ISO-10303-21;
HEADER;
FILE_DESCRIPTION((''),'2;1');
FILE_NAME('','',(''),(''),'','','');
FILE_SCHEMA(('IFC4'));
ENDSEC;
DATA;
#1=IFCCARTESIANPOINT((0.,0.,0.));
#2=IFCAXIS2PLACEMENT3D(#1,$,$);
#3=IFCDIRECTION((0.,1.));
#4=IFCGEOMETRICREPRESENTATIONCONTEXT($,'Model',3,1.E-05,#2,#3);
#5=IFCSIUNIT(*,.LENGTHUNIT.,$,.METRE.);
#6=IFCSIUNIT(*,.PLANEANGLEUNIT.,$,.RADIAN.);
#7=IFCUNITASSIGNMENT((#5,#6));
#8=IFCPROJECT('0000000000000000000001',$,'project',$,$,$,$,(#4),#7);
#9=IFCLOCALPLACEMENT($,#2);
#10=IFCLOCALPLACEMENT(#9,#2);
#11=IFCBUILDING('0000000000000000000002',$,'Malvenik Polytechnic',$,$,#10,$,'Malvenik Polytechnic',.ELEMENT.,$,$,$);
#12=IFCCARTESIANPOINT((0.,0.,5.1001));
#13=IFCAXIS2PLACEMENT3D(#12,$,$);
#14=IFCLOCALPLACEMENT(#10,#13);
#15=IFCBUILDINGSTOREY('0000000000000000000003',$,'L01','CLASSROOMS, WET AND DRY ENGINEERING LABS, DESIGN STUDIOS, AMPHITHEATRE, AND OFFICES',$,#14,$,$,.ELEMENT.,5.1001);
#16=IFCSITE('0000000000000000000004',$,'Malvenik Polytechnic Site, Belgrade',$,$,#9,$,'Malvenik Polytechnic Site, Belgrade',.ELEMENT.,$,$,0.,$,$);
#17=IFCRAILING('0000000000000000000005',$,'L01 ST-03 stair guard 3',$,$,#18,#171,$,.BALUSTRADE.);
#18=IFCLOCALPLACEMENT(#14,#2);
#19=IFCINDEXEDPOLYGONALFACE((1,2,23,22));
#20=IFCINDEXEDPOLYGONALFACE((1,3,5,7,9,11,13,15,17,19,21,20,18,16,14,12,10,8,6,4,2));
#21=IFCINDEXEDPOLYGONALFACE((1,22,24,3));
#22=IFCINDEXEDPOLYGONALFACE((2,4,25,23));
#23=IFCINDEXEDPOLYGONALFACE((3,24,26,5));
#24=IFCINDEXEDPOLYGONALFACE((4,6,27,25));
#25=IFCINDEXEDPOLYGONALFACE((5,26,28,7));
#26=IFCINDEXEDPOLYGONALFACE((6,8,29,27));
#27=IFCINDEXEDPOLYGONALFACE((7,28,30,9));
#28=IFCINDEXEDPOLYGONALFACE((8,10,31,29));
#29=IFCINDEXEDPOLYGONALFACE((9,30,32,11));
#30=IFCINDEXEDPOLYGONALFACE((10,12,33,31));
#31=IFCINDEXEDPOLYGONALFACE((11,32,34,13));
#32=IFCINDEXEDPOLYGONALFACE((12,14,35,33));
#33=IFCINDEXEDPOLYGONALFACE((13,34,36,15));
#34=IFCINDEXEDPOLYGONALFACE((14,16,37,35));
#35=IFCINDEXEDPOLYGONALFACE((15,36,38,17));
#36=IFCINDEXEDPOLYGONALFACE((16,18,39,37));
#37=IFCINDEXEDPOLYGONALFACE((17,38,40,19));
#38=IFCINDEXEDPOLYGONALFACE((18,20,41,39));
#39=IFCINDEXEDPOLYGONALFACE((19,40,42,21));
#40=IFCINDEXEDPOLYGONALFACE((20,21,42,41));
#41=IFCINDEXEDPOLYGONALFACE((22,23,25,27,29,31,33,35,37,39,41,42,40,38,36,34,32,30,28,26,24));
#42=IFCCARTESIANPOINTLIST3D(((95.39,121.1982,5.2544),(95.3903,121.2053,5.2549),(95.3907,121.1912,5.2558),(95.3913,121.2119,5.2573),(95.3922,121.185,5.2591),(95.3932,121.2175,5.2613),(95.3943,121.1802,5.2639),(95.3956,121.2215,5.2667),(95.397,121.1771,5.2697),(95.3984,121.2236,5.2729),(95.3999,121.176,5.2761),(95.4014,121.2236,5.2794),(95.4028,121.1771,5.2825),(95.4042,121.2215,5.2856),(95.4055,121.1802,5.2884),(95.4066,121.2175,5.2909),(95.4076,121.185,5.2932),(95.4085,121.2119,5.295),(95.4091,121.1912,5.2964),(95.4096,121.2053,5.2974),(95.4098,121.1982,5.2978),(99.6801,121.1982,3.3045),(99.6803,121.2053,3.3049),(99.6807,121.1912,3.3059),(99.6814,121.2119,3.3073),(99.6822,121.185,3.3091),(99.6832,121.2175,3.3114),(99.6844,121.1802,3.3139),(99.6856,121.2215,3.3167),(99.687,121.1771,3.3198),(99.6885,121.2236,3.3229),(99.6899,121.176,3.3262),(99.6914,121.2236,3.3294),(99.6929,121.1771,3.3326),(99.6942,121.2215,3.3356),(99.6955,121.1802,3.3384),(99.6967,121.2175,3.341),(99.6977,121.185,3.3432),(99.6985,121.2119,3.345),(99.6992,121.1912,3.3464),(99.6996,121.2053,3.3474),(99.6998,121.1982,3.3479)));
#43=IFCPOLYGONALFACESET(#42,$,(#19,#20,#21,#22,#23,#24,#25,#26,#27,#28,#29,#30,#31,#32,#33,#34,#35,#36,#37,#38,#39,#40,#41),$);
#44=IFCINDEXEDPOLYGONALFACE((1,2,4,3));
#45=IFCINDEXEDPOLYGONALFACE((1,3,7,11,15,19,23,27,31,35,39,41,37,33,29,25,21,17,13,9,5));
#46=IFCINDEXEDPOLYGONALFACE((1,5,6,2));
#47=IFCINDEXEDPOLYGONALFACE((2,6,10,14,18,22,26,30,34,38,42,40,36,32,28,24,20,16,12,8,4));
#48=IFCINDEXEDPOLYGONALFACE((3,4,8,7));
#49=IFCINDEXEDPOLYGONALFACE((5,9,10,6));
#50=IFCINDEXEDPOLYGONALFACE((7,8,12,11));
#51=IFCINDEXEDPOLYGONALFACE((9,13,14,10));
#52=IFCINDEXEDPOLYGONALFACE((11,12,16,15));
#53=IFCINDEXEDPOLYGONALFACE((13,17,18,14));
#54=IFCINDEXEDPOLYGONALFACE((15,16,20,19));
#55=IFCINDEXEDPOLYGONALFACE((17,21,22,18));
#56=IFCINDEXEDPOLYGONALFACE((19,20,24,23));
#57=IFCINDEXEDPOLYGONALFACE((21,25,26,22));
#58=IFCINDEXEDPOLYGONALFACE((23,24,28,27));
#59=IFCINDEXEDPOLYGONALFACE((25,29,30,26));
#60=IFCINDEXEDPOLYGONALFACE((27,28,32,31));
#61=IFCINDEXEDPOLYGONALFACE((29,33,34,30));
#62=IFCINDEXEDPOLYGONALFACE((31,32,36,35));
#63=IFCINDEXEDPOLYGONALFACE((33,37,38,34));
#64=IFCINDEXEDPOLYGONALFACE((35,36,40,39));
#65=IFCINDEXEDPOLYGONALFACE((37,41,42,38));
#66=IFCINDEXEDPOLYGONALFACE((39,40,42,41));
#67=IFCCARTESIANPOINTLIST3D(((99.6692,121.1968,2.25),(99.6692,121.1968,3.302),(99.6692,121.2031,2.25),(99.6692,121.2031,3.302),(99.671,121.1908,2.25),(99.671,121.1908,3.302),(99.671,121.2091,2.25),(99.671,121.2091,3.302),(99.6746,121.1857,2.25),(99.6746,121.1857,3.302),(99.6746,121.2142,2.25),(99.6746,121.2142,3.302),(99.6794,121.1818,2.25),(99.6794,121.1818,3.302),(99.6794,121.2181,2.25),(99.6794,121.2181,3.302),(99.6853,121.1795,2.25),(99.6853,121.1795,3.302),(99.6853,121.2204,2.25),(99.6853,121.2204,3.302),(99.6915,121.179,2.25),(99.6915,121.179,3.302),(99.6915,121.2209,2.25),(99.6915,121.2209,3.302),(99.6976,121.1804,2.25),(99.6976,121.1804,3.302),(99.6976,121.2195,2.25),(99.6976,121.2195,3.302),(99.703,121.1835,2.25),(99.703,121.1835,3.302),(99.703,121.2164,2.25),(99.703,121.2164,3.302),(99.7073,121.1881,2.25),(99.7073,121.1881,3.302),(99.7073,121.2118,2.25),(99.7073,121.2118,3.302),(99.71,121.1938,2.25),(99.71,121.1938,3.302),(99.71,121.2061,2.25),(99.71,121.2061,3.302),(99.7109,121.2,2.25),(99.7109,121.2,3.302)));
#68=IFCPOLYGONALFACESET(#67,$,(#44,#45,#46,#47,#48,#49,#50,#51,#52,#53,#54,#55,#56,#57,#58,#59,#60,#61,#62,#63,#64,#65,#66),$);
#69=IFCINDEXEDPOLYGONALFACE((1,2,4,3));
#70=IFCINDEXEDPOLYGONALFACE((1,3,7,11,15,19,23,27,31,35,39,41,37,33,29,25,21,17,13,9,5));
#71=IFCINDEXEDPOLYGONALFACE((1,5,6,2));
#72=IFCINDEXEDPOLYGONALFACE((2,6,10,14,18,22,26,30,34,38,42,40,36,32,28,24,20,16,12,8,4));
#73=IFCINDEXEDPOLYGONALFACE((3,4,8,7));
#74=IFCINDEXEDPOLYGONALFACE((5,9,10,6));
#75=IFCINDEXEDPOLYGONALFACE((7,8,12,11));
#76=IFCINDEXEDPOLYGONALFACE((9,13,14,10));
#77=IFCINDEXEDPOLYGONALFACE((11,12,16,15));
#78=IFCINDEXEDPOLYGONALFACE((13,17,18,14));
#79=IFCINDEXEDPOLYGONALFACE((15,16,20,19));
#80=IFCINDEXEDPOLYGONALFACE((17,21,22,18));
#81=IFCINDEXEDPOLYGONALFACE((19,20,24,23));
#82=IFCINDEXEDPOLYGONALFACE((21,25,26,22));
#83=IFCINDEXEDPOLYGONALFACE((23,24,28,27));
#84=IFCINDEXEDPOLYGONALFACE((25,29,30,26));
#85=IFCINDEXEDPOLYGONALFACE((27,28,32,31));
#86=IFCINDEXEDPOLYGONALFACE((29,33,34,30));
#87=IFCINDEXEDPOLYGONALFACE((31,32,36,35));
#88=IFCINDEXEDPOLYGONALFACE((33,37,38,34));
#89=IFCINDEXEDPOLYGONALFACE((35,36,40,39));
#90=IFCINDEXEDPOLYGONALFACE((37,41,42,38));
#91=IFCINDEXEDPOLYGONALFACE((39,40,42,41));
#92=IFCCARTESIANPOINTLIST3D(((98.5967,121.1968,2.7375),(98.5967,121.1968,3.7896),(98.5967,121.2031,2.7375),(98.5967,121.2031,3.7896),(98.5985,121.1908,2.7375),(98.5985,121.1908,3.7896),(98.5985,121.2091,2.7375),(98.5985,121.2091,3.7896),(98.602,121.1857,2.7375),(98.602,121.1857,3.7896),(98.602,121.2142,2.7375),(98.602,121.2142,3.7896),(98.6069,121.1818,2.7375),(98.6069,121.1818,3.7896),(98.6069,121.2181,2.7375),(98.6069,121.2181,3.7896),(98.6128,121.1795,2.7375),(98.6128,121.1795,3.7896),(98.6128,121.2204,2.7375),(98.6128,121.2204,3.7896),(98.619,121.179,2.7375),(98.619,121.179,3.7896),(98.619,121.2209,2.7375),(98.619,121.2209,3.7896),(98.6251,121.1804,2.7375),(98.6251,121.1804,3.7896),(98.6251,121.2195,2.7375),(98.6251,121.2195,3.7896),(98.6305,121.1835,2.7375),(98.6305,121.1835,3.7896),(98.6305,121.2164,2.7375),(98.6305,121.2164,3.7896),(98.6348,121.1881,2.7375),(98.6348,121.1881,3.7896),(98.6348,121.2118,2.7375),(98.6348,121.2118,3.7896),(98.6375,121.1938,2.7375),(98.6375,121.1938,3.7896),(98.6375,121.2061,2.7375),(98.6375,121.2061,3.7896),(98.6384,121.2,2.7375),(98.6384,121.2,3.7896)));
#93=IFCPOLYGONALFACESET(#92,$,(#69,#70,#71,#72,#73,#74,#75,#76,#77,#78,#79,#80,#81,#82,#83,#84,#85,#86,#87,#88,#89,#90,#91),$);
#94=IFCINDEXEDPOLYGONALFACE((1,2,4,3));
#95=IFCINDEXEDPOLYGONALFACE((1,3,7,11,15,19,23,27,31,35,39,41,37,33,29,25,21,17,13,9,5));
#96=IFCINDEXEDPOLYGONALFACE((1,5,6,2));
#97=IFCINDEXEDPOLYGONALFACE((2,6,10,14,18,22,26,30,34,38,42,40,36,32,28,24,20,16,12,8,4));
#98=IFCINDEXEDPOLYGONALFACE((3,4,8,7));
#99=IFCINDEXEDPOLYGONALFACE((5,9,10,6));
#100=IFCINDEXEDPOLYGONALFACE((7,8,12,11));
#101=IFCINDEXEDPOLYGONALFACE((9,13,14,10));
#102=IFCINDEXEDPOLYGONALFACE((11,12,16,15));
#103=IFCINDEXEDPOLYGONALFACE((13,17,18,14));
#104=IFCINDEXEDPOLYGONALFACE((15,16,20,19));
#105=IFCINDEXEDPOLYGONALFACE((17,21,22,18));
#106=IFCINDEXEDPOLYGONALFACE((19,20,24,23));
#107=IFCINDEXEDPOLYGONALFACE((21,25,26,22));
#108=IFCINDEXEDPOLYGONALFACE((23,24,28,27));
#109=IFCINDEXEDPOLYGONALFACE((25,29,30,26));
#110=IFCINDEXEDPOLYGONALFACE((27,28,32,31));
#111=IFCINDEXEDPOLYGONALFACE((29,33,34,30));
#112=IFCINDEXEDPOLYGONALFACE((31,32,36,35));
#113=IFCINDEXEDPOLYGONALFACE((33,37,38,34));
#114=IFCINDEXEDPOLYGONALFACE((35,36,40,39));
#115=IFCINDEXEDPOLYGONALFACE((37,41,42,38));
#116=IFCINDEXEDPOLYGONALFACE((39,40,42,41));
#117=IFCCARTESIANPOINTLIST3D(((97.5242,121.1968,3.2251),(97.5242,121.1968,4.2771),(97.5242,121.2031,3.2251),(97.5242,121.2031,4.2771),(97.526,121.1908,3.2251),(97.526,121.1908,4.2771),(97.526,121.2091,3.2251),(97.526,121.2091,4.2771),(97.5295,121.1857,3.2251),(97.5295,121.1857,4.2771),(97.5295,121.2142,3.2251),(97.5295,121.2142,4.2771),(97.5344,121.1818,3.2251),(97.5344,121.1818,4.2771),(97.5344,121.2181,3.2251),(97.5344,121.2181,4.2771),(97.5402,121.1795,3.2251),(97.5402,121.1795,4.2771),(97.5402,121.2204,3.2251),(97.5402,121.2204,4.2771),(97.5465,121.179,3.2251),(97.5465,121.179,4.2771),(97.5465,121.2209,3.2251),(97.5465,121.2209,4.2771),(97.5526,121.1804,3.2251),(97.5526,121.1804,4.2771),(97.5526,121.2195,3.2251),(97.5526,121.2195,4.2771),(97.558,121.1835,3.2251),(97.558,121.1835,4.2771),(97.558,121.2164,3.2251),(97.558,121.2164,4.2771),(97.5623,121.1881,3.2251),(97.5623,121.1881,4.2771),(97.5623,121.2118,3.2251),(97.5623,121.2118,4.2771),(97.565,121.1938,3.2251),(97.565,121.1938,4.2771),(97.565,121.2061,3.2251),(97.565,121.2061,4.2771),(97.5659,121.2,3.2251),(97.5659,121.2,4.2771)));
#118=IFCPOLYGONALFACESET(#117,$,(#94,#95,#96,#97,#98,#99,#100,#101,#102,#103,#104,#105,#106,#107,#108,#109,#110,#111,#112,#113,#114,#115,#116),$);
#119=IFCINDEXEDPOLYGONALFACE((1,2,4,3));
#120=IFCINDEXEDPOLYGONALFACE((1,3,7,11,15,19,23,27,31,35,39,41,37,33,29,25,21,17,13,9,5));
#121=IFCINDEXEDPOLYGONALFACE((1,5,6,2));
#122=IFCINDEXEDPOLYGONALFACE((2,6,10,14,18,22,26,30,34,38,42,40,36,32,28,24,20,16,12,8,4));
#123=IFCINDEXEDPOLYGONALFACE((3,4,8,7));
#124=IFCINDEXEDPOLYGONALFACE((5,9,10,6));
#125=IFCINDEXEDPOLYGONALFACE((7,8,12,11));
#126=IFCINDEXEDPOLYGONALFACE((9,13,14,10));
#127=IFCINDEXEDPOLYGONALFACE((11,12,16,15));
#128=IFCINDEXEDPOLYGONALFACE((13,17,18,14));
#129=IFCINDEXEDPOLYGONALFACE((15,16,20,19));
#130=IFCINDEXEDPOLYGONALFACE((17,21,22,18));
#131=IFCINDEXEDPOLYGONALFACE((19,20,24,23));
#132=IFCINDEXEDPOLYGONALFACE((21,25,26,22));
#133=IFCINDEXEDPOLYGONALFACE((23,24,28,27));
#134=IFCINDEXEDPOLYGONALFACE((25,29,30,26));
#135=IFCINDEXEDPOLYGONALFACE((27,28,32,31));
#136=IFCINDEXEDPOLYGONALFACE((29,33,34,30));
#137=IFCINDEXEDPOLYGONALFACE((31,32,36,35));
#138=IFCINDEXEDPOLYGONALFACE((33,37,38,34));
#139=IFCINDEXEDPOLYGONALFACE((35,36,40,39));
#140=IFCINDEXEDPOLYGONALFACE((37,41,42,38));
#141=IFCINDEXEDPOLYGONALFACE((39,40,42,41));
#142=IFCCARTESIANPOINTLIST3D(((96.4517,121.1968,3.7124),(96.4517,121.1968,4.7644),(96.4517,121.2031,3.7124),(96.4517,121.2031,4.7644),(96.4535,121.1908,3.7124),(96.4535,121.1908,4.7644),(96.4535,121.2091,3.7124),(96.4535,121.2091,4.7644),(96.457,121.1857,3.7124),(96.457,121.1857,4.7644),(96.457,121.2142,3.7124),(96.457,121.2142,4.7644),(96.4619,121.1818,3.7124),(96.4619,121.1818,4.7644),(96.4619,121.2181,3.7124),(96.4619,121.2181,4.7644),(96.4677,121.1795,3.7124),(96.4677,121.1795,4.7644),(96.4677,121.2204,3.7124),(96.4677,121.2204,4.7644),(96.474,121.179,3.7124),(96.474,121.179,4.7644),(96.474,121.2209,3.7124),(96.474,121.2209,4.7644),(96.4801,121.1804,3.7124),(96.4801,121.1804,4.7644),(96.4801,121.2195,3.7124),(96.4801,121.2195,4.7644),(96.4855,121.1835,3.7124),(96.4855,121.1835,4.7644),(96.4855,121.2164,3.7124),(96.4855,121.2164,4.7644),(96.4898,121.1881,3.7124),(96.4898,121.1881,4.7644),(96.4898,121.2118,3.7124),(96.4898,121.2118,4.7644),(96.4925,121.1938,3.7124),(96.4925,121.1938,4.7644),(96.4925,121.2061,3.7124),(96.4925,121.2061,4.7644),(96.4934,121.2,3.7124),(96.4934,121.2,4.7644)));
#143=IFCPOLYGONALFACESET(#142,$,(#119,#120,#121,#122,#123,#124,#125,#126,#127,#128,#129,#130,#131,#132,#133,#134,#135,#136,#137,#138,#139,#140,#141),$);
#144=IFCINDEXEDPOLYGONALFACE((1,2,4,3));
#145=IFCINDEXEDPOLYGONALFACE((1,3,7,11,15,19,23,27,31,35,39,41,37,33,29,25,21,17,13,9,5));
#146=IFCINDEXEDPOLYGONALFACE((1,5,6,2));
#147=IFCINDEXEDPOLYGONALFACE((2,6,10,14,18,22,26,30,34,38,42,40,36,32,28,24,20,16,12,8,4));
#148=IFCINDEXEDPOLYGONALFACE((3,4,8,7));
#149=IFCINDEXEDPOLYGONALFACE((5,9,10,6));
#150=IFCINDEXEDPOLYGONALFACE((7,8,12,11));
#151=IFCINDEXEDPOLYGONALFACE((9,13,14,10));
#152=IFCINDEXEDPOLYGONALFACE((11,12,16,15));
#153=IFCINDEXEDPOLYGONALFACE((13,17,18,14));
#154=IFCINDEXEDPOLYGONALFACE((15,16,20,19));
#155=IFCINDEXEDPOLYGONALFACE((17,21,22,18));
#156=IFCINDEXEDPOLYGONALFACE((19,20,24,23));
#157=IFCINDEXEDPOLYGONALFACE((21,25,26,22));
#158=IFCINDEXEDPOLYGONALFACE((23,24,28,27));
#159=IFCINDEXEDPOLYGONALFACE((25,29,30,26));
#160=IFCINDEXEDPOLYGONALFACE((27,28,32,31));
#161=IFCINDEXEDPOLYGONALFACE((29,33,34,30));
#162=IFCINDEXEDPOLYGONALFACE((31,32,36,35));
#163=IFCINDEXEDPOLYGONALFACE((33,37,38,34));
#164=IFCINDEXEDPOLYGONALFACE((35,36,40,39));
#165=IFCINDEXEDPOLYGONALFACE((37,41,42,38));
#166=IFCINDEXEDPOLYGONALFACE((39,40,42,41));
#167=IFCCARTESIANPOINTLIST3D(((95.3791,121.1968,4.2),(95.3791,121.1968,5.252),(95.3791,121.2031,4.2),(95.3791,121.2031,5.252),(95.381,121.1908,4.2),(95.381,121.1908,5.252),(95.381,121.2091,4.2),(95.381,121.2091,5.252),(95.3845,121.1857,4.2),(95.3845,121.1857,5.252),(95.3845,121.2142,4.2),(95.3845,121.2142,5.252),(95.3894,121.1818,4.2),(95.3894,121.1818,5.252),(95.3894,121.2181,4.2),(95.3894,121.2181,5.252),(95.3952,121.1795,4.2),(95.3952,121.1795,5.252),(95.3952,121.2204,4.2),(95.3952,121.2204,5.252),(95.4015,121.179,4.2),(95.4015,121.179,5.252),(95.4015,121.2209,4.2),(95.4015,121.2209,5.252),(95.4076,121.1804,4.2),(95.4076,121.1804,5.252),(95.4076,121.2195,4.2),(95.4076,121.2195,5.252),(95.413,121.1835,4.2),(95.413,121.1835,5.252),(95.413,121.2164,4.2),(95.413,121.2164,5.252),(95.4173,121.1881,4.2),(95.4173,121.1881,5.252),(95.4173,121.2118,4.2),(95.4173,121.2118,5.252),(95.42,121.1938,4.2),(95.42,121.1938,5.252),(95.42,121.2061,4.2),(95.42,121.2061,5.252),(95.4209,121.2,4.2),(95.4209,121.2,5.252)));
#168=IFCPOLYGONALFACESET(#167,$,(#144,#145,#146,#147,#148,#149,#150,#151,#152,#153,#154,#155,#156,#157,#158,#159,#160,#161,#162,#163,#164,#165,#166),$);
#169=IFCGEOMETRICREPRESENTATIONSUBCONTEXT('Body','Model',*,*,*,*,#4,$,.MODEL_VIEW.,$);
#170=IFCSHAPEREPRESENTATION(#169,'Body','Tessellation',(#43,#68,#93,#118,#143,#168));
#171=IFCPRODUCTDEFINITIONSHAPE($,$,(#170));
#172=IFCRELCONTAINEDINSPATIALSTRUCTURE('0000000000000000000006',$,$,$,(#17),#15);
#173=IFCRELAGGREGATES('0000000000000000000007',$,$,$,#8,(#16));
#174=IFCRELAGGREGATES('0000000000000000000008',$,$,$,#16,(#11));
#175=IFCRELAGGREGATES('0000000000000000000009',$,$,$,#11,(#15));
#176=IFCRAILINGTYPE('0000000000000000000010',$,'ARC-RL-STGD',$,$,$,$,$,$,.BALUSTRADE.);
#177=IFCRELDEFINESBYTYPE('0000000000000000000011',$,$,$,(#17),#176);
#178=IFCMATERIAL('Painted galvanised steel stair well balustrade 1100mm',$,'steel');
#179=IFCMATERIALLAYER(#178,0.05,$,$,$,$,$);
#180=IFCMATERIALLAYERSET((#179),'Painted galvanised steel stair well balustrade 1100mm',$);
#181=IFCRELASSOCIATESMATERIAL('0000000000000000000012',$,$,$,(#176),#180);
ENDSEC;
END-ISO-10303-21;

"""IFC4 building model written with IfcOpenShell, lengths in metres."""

from ifc_helpers import new_model, si_unit, direction, frame, origin, origin_2d, place, context, subcontext, project, spatial, circle, extrude, material, layer, layer_set, type_object, element, save


model = new_model("IFC4")

# Units and contexts
model_context = context("Model", 3, precision=1e-05, world=origin(), true_north=direction((0.0, 1.0)))
body_context = subcontext(model_context, "Body", "Model", "MODEL_VIEW")
ifc_project = project(units=[si_unit("LENGTHUNIT", "METRE"), si_unit("PLANEANGLEUNIT", "RADIAN")], contexts=[model_context])

# Site, building, storey
site_placement = place(None, origin())
site = spatial("IfcSite", under=ifc_project, at=site_placement, Name="Malvenik Polytechnic Site, Belgrade", LongName="Malvenik Polytechnic Site, Belgrade", CompositionType="ELEMENT", RefElevation=0.0)
building_placement = place(site_placement, origin())
building = spatial("IfcBuilding", under=site, at=building_placement, Name="Malvenik Polytechnic", LongName="Malvenik Polytechnic", CompositionType="ELEMENT")
storey_placement = place(building_placement, frame((0.0, 0.0, 5.1001)))
storey = spatial("IfcBuildingStorey", under=building, at=storey_placement, Name="L01", Description="CLASSROOMS, WET AND DRY ENGINEERING LABS, DESIGN STUDIOS, AMPHITHEATRE, AND OFFICES", CompositionType="ELEMENT", Elevation=5.1001)

# Railing
ifc_material_1 = material(Name="Painted galvanised steel stair well balustrade 1100mm", Category="steel")
ifc_layer_1 = layer(ifc_material_1, 0.05)
ifc_layer_set_1 = layer_set([ifc_layer_1], Name="Painted galvanised steel stair well balustrade 1100mm")
railing_type_1 = type_object("IfcRailingType", Name="ARC-RL-STGD", PredefinedType="BALUSTRADE", material=ifc_layer_set_1)
railing_1_placement = place(storey_placement, frame((99.6899, 121.2, 2.25)))
element("IfcRailing", 1, at=railing_1_placement, inside=storey, type_object=railing_type_1, Name="L01 ST-03 stair guard 3", PredefinedType="BALUSTRADE", context=body_context, shape_type="SweptSolid", body=[
    extrude(circle(Radius=0.0239, at=origin_2d()), frame((0.0, 0.0, 1.0762), z_axis=(-0.910372, 0.0, 0.413791), x_axis=(0.0, -1.0, 0.0)), (0.0, 0.0, 1.0), 4.7124),
    extrude(circle(Radius=0.021, at=origin_2d()), origin(), (0.0, 0.0, 1.0), 1.052),
    extrude(circle(Radius=0.021, at=origin_2d()), frame((-1.0725, 0.0, 0.4875)), (0.0, 0.0, 1.0), 1.052),
    extrude(circle(Radius=0.021, at=origin_2d()), frame((-2.145, 0.0, 0.9751)), (0.0, 0.0, 1.0), 1.052),
    extrude(circle(Radius=0.021, at=origin_2d()), frame((-3.2175, 0.0, 1.4624)), (0.0, 0.0, 1.0), 1.052),
    extrude(circle(Radius=0.021, at=origin_2d()), frame((-4.29, 0.0, 1.95)), (0.0, 0.0, 1.0), 1.052),
])

save(model, "model.ifc")
